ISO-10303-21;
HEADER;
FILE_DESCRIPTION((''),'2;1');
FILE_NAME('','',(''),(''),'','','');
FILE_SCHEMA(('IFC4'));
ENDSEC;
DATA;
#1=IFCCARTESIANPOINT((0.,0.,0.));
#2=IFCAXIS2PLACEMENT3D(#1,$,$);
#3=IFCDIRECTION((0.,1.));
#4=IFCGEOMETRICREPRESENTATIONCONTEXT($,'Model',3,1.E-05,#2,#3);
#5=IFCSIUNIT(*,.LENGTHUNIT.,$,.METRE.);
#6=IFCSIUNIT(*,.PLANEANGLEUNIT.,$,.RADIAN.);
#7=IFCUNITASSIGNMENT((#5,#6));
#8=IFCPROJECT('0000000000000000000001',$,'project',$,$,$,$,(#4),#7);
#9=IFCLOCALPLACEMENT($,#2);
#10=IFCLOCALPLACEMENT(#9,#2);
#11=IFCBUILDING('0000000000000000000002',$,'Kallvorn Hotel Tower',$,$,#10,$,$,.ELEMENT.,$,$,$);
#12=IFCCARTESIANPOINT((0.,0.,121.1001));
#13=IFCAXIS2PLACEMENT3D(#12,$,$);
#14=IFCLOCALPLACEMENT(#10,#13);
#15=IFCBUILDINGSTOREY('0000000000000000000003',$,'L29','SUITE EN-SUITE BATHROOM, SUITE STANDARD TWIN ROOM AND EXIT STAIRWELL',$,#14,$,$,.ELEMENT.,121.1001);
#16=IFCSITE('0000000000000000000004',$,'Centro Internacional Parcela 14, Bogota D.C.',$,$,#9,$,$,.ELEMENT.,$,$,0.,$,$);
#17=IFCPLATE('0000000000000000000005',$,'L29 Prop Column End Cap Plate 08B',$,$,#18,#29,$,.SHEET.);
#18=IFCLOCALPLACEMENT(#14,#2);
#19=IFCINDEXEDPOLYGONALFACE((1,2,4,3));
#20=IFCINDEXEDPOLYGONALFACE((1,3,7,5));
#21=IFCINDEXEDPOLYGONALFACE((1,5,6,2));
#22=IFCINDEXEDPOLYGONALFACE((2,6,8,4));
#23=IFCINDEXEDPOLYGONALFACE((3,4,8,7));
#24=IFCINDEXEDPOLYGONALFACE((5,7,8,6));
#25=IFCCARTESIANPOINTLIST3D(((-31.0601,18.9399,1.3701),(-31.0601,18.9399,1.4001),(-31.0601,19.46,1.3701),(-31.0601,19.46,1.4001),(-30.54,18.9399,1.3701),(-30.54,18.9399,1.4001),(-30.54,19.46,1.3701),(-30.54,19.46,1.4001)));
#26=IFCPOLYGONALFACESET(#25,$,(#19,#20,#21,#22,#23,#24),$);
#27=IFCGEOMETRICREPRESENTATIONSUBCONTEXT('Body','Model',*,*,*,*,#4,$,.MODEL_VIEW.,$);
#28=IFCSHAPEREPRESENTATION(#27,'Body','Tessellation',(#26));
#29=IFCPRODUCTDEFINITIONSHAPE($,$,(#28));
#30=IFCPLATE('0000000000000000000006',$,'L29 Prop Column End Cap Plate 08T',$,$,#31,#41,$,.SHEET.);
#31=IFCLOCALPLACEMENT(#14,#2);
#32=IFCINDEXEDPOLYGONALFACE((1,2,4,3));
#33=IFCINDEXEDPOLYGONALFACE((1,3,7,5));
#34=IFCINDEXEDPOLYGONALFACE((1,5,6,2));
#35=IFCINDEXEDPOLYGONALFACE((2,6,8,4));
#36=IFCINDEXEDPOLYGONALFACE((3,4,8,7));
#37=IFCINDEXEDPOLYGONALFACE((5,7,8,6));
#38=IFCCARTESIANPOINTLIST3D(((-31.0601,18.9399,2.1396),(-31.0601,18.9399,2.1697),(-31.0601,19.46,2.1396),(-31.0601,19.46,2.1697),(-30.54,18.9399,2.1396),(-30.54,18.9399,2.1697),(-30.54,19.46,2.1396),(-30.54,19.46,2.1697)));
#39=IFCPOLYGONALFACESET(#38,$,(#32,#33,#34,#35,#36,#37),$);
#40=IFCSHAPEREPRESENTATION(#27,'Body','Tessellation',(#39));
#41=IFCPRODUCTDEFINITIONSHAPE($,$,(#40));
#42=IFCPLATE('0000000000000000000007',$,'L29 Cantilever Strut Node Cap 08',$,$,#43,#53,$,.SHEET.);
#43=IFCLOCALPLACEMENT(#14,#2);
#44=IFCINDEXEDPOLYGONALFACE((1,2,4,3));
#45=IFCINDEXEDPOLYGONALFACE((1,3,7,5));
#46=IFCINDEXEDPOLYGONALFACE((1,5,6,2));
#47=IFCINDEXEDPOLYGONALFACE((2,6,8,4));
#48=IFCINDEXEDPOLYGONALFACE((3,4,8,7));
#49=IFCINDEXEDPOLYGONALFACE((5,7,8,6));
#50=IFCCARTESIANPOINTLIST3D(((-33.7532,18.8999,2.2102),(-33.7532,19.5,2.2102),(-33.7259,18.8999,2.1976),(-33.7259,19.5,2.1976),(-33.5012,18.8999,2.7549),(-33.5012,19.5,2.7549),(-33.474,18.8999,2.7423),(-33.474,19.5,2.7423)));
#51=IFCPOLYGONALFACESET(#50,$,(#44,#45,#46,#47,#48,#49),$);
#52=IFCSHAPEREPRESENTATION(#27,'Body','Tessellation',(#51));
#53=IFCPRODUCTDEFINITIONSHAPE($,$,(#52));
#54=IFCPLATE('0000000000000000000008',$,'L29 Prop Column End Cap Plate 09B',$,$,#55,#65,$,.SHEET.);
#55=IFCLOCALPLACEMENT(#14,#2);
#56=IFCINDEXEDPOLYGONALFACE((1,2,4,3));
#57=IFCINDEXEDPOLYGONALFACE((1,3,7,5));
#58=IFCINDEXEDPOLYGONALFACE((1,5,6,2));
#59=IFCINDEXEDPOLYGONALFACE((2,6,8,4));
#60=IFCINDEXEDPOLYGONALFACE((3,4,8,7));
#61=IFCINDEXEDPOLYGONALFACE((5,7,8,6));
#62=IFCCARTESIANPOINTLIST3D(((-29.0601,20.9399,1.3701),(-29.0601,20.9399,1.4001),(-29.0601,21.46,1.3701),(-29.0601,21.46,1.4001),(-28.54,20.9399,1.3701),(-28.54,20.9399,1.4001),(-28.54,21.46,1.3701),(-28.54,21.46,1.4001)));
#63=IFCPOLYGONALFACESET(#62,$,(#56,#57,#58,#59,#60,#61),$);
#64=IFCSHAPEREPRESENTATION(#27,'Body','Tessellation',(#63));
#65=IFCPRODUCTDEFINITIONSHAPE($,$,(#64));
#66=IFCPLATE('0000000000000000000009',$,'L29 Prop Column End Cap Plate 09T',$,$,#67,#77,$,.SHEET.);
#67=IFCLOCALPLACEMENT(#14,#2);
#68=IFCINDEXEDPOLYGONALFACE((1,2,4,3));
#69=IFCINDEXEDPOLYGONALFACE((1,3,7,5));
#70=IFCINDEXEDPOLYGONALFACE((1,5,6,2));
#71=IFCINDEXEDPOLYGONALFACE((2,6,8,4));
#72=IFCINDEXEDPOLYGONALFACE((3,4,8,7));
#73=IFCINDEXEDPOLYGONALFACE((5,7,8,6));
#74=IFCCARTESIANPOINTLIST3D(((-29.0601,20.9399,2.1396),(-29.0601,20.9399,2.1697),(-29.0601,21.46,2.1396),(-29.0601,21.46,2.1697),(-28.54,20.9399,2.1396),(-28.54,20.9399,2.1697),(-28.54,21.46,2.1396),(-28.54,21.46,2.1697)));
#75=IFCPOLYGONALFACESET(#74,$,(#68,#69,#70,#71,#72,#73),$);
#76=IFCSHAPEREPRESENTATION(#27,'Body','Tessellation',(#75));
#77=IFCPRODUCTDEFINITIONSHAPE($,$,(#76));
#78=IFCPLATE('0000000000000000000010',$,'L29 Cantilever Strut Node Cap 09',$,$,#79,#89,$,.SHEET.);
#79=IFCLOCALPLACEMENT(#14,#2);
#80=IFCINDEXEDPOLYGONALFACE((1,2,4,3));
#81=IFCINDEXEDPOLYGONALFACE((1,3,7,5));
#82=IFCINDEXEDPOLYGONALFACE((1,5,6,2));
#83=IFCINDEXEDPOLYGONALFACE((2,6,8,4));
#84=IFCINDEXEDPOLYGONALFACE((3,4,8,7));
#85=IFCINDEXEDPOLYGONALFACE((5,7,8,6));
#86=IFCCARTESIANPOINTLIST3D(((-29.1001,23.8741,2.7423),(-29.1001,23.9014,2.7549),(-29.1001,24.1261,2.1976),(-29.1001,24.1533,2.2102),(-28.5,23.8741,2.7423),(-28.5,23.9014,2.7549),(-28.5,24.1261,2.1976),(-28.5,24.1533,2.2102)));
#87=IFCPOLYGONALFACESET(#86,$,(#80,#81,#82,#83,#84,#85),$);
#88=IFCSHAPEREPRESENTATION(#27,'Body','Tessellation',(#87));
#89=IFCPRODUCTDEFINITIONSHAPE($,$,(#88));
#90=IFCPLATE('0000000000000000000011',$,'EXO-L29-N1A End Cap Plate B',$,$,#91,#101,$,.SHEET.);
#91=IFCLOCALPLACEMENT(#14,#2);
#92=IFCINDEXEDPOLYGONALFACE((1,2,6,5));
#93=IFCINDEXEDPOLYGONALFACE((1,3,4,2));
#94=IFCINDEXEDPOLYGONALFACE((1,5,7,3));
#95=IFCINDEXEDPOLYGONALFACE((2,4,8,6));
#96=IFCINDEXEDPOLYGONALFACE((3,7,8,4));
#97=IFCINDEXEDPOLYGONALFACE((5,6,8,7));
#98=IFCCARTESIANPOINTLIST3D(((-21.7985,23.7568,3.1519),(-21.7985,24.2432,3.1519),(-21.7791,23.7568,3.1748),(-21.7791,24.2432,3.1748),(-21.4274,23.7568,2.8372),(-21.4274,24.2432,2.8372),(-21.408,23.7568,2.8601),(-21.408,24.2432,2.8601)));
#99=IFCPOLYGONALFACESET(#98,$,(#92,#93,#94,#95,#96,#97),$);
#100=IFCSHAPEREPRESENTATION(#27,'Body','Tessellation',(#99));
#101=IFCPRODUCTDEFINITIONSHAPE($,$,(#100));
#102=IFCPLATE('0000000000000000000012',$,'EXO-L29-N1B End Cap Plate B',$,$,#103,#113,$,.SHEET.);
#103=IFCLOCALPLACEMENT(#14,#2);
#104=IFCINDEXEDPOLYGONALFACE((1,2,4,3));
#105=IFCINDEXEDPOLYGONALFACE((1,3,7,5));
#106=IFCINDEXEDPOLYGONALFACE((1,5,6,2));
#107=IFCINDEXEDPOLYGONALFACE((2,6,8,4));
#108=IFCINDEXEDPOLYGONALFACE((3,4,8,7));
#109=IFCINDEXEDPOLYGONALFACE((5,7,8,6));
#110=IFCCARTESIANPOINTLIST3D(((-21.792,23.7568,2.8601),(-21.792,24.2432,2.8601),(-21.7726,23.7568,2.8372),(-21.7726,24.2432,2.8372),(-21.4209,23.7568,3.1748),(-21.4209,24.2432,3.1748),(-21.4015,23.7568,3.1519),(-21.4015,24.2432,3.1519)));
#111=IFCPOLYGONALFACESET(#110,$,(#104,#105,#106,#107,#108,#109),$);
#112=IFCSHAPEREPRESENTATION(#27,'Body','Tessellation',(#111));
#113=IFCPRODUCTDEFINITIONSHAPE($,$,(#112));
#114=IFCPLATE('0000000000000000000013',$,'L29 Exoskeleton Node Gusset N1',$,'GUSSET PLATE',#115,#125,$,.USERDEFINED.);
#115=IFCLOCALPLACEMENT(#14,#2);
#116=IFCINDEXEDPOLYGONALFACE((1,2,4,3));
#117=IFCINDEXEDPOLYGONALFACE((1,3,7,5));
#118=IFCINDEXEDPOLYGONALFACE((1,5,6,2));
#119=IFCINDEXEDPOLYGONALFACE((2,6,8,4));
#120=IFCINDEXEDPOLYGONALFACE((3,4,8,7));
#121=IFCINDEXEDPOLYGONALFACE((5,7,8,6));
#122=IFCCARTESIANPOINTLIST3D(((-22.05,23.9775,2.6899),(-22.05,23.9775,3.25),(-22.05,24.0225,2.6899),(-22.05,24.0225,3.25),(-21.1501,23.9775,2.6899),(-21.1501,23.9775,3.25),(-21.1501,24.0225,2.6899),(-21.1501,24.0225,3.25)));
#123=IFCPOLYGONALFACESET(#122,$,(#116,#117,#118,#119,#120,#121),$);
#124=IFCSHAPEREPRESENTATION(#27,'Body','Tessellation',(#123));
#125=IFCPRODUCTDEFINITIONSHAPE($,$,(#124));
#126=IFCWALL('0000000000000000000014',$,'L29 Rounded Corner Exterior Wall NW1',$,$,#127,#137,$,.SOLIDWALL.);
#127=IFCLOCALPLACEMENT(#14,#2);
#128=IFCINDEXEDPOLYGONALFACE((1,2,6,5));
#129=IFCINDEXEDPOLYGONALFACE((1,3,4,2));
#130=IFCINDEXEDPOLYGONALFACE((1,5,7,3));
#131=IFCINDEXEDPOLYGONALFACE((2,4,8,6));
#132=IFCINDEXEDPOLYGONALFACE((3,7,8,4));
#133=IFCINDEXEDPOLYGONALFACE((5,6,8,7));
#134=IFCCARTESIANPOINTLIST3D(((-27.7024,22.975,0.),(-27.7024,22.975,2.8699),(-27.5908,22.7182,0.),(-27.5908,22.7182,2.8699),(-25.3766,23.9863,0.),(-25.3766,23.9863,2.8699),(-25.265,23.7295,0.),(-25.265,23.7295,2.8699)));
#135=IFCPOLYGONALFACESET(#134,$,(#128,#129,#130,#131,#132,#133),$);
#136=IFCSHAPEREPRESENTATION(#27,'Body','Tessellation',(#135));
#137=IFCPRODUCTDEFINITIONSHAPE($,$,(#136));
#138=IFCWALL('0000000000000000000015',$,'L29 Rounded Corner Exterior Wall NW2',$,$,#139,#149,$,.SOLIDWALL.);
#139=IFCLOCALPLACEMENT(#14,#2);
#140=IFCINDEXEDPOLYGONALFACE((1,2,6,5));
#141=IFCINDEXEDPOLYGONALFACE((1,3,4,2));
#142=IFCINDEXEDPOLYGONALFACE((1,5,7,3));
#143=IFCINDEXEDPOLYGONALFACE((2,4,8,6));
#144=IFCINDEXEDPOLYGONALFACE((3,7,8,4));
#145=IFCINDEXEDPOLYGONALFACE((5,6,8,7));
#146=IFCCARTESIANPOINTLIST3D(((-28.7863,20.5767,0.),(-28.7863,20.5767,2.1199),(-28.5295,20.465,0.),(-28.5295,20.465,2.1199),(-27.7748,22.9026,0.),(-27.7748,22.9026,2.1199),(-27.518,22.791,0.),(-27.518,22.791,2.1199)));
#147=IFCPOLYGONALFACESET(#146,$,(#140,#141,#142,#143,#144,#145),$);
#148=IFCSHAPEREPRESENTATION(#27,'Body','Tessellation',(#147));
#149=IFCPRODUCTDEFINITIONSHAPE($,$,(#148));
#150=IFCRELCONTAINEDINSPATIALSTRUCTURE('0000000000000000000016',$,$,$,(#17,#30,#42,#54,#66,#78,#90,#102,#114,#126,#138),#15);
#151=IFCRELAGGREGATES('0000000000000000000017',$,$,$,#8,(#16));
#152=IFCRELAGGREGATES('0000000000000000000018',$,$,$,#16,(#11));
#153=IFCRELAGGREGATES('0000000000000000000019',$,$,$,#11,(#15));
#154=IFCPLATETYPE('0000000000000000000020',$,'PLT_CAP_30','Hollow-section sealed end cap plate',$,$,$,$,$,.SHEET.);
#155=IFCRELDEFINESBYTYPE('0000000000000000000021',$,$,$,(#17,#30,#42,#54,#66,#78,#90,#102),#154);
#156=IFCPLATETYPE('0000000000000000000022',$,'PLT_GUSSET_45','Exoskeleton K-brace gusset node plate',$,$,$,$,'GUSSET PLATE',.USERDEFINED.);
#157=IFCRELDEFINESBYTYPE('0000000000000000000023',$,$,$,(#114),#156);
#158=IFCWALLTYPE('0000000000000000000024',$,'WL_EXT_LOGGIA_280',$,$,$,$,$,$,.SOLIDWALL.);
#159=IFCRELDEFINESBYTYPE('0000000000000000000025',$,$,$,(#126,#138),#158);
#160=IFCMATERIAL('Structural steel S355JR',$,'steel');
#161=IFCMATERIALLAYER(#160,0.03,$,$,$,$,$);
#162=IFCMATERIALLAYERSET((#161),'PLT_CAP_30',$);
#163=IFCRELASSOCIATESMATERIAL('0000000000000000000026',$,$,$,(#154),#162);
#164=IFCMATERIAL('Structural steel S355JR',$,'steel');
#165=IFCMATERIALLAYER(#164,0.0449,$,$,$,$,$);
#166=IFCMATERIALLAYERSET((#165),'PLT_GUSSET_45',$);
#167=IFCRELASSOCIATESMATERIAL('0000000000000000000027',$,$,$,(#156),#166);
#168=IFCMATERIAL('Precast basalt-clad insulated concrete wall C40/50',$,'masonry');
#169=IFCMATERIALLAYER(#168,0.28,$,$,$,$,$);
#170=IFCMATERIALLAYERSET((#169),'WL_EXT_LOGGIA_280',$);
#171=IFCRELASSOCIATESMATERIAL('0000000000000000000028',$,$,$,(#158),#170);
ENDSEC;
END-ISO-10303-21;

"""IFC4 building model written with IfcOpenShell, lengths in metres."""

from ifc_helpers import new_model, si_unit, direction, frame, frame_2d, origin, origin_2d, place, context, subcontext, project, spatial, polyline, rectangle, outline, extrude, material, layer, layer_set, type_object, element, save


model = new_model("IFC4")

# Units and contexts
model_context = context("Model", 3, precision=1e-05, world=origin(), true_north=direction((0.0, 1.0)))
body_context = subcontext(model_context, "Body", "Model", "MODEL_VIEW")
ifc_project = project(units=[si_unit("LENGTHUNIT", "METRE"), si_unit("PLANEANGLEUNIT", "RADIAN")], contexts=[model_context])

# Site, building, storey
site_placement = place(None, origin())
site = spatial("IfcSite", under=ifc_project, at=site_placement, Name="Centro Internacional Parcela 14, Bogota D.C.", CompositionType="ELEMENT", RefElevation=0.0)
building_placement = place(site_placement, origin())
building = spatial("IfcBuilding", under=site, at=building_placement, Name="Kallvorn Hotel Tower", CompositionType="ELEMENT")
storey_placement = place(building_placement, frame((0.0, 0.0, 121.1001)))
storey = spatial("IfcBuildingStorey", under=building, at=storey_placement, Name="L29", Description="SUITE EN-SUITE BATHROOM, SUITE STANDARD TWIN ROOM AND EXIT STAIRWELL", CompositionType="ELEMENT", Elevation=121.1001)

# Plates
ifc_material_1 = material(Name="Structural steel S355JR", Category="steel")
ifc_layer_1 = layer(ifc_material_1, 0.03)
ifc_layer_set_1 = layer_set([ifc_layer_1], Name="PLT_CAP_30")
plate_type_1 = type_object("IfcPlateType", Name="PLT_CAP_30", Description="Hollow-section sealed end cap plate", PredefinedType="SHEET", material=ifc_layer_set_1)
for number, where, z_axis, x_axis, name in (
    (1, (-30.8, 19.2, 1.3701), (0.0, 0.0, 1.0), (1.0, 0.0, 0.0), "L29 Prop Column End Cap Plate 08B"),
    (2, (-30.8, 19.2, 2.1396), (0.0, 0.0, 1.0), (1.0, 0.0, 0.0), "L29 Prop Column End Cap Plate 08T"),
):
    element("IfcPlate", number, at=place(storey_placement, frame(where, z_axis=z_axis, x_axis=x_axis)), inside=storey, type_object=plate_type_1, Name=name, PredefinedType="SHEET", context=body_context, shape_type="SweptSolid", body=[
        extrude(rectangle(XDim=0.52, YDim=0.52, at=origin_2d()), origin(), (0.0, 0.0, 1.0), 0.03),
    ])
plate_1_placement = place(storey_placement, frame((-33.7532, 19.5, 2.2102), z_axis=(-0.907602, 0.0, 0.419832), x_axis=(0.0, -1.0, 0.0)))
element("IfcPlate", 3, at=plate_1_placement, inside=storey, type_object=plate_type_1, Name="L29 Cantilever Strut Node Cap 08", PredefinedType="SHEET", context=body_context, shape_type="SweptSolid", body=[
    extrude(outline(polyline([(0.0, 0.0), (0.6001, 0.0), (0.6001, 0.6001), (0.0, 0.6001), (0.0, 0.0)])), origin(), (0.0, 0.0, -1.0), 0.03),
])
for number, where, z_axis, x_axis, name in (
    (4, (-28.8, 21.2, 1.3701), (0.0, 0.0, 1.0), (1.0, 0.0, 0.0), "L29 Prop Column End Cap Plate 09B"),
    (5, (-28.8, 21.2, 2.1396), (0.0, 0.0, 1.0), (1.0, 0.0, 0.0), "L29 Prop Column End Cap Plate 09T"),
):
    element("IfcPlate", number, at=place(storey_placement, frame(where, z_axis=z_axis, x_axis=x_axis)), inside=storey, type_object=plate_type_1, Name=name, PredefinedType="SHEET", context=body_context, shape_type="SweptSolid", body=[
        extrude(rectangle(XDim=0.52, YDim=0.52, at=origin_2d()), origin(), (0.0, 0.0, 1.0), 0.03),
    ])
plate_2_placement = place(storey_placement, frame((-28.5, 24.1533, 2.2102), z_axis=(0.0, 0.907602, 0.419832), x_axis=(-1.0, 0.0, 0.0)))
element("IfcPlate", 6, at=plate_2_placement, inside=storey, type_object=plate_type_1, Name="L29 Cantilever Strut Node Cap 09", PredefinedType="SHEET", context=body_context, shape_type="SweptSolid", body=[
    extrude(outline(polyline([(0.0, 0.0), (0.6001, 0.0), (0.6001, 0.6001), (0.0, 0.6001), (0.0, 0.0)])), origin(), (0.0, 0.0, -1.0), 0.03),
])
for number, where, z_axis, x_axis, name in (
    (7, (-21.408, 23.7568, 2.8601), (0.646774, 0.0, 0.762682), (0.0, 1.0, 0.0), "EXO-L29-N1A End Cap Plate B"),
    (8, (-21.792, 24.2432, 2.8601), (-0.646774, 0.0, 0.762682), (0.0, -1.0, 0.0), "EXO-L29-N1B End Cap Plate B"),
):
    element("IfcPlate", number, at=place(storey_placement, frame(where, z_axis=z_axis, x_axis=x_axis)), inside=storey, type_object=plate_type_1, Name=name, PredefinedType="SHEET", context=body_context, shape_type="SweptSolid", body=[
        extrude(outline(polyline([(0.0, 0.0), (0.4863, 0.0), (0.4863, 0.4866), (0.0, 0.4866), (0.0, 0.0)])), origin(), (0.0, 0.0, -1.0), 0.03),
    ])
ifc_material_2 = material(Name="Structural steel S355JR", Category="steel")
ifc_layer_2 = layer(ifc_material_2, 0.0449)
ifc_layer_set_2 = layer_set([ifc_layer_2], Name="PLT_GUSSET_45")
plate_type_2 = type_object("IfcPlateType", Name="PLT_GUSSET_45", Description="Exoskeleton K-brace gusset node plate", ElementType="GUSSET PLATE", PredefinedType="USERDEFINED", material=ifc_layer_set_2)
plate_3_placement = place(storey_placement, frame((-21.6001, 24.0, 2.6899), z_axis=(0.0, 0.0, 1.0), x_axis=(1.0, 0.0, 0.0)))
element("IfcPlate", 9, at=plate_3_placement, inside=storey, type_object=plate_type_2, Name="L29 Exoskeleton Node Gusset N1", ObjectType="GUSSET PLATE", PredefinedType="USERDEFINED", context=body_context, shape_type="SweptSolid", body=[
    extrude(rectangle(XDim=0.8999, YDim=0.0449, at=origin_2d()), origin(), (0.0, 0.0, 1.0), 0.5601),
])

# Walls
ifc_material_3 = material(Name="Precast basalt-clad insulated concrete wall C40/50", Category="masonry")
ifc_layer_3 = layer(ifc_material_3, 0.28)
ifc_layer_set_3 = layer_set([ifc_layer_3], Name="WL_EXT_LOGGIA_280")
wall_type = type_object("IfcWallType", Name="WL_EXT_LOGGIA_280", PredefinedType="SOLIDWALL", material=ifc_layer_set_3)
wall_1_placement = place(storey_placement, frame((-25.3208, 23.8579, 0.0), z_axis=(0.0, 0.0, 1.0), x_axis=(-0.917061, -0.398747, 0.0)))
element("IfcWall", 10, at=wall_1_placement, inside=storey, type_object=wall_type, Name="L29 Rounded Corner Exterior Wall NW1", PredefinedType="SOLIDWALL", context=body_context, shape_type="SweptSolid", body=[
    extrude(rectangle(XDim=2.5361, YDim=0.28, at=frame_2d((1.2681, 0.0))), origin(), (0.0, 0.0, 1.0), 2.8699),
])
wall_2_placement = place(storey_placement, frame((-27.6465, 22.8467, 0.0), z_axis=(0.0, 0.0, 1.0), x_axis=(-0.398793, -0.917041, 0.0)))
element("IfcWall", 11, at=wall_2_placement, inside=storey, type_object=wall_type, Name="L29 Rounded Corner Exterior Wall NW2", PredefinedType="SOLIDWALL", context=body_context, shape_type="SweptSolid", body=[
    extrude(rectangle(XDim=2.5364, YDim=0.28, at=frame_2d((1.2681, 0.0))), origin(), (0.0, 0.0, 1.0), 2.1199),
])

save(model, "model.ifc")
